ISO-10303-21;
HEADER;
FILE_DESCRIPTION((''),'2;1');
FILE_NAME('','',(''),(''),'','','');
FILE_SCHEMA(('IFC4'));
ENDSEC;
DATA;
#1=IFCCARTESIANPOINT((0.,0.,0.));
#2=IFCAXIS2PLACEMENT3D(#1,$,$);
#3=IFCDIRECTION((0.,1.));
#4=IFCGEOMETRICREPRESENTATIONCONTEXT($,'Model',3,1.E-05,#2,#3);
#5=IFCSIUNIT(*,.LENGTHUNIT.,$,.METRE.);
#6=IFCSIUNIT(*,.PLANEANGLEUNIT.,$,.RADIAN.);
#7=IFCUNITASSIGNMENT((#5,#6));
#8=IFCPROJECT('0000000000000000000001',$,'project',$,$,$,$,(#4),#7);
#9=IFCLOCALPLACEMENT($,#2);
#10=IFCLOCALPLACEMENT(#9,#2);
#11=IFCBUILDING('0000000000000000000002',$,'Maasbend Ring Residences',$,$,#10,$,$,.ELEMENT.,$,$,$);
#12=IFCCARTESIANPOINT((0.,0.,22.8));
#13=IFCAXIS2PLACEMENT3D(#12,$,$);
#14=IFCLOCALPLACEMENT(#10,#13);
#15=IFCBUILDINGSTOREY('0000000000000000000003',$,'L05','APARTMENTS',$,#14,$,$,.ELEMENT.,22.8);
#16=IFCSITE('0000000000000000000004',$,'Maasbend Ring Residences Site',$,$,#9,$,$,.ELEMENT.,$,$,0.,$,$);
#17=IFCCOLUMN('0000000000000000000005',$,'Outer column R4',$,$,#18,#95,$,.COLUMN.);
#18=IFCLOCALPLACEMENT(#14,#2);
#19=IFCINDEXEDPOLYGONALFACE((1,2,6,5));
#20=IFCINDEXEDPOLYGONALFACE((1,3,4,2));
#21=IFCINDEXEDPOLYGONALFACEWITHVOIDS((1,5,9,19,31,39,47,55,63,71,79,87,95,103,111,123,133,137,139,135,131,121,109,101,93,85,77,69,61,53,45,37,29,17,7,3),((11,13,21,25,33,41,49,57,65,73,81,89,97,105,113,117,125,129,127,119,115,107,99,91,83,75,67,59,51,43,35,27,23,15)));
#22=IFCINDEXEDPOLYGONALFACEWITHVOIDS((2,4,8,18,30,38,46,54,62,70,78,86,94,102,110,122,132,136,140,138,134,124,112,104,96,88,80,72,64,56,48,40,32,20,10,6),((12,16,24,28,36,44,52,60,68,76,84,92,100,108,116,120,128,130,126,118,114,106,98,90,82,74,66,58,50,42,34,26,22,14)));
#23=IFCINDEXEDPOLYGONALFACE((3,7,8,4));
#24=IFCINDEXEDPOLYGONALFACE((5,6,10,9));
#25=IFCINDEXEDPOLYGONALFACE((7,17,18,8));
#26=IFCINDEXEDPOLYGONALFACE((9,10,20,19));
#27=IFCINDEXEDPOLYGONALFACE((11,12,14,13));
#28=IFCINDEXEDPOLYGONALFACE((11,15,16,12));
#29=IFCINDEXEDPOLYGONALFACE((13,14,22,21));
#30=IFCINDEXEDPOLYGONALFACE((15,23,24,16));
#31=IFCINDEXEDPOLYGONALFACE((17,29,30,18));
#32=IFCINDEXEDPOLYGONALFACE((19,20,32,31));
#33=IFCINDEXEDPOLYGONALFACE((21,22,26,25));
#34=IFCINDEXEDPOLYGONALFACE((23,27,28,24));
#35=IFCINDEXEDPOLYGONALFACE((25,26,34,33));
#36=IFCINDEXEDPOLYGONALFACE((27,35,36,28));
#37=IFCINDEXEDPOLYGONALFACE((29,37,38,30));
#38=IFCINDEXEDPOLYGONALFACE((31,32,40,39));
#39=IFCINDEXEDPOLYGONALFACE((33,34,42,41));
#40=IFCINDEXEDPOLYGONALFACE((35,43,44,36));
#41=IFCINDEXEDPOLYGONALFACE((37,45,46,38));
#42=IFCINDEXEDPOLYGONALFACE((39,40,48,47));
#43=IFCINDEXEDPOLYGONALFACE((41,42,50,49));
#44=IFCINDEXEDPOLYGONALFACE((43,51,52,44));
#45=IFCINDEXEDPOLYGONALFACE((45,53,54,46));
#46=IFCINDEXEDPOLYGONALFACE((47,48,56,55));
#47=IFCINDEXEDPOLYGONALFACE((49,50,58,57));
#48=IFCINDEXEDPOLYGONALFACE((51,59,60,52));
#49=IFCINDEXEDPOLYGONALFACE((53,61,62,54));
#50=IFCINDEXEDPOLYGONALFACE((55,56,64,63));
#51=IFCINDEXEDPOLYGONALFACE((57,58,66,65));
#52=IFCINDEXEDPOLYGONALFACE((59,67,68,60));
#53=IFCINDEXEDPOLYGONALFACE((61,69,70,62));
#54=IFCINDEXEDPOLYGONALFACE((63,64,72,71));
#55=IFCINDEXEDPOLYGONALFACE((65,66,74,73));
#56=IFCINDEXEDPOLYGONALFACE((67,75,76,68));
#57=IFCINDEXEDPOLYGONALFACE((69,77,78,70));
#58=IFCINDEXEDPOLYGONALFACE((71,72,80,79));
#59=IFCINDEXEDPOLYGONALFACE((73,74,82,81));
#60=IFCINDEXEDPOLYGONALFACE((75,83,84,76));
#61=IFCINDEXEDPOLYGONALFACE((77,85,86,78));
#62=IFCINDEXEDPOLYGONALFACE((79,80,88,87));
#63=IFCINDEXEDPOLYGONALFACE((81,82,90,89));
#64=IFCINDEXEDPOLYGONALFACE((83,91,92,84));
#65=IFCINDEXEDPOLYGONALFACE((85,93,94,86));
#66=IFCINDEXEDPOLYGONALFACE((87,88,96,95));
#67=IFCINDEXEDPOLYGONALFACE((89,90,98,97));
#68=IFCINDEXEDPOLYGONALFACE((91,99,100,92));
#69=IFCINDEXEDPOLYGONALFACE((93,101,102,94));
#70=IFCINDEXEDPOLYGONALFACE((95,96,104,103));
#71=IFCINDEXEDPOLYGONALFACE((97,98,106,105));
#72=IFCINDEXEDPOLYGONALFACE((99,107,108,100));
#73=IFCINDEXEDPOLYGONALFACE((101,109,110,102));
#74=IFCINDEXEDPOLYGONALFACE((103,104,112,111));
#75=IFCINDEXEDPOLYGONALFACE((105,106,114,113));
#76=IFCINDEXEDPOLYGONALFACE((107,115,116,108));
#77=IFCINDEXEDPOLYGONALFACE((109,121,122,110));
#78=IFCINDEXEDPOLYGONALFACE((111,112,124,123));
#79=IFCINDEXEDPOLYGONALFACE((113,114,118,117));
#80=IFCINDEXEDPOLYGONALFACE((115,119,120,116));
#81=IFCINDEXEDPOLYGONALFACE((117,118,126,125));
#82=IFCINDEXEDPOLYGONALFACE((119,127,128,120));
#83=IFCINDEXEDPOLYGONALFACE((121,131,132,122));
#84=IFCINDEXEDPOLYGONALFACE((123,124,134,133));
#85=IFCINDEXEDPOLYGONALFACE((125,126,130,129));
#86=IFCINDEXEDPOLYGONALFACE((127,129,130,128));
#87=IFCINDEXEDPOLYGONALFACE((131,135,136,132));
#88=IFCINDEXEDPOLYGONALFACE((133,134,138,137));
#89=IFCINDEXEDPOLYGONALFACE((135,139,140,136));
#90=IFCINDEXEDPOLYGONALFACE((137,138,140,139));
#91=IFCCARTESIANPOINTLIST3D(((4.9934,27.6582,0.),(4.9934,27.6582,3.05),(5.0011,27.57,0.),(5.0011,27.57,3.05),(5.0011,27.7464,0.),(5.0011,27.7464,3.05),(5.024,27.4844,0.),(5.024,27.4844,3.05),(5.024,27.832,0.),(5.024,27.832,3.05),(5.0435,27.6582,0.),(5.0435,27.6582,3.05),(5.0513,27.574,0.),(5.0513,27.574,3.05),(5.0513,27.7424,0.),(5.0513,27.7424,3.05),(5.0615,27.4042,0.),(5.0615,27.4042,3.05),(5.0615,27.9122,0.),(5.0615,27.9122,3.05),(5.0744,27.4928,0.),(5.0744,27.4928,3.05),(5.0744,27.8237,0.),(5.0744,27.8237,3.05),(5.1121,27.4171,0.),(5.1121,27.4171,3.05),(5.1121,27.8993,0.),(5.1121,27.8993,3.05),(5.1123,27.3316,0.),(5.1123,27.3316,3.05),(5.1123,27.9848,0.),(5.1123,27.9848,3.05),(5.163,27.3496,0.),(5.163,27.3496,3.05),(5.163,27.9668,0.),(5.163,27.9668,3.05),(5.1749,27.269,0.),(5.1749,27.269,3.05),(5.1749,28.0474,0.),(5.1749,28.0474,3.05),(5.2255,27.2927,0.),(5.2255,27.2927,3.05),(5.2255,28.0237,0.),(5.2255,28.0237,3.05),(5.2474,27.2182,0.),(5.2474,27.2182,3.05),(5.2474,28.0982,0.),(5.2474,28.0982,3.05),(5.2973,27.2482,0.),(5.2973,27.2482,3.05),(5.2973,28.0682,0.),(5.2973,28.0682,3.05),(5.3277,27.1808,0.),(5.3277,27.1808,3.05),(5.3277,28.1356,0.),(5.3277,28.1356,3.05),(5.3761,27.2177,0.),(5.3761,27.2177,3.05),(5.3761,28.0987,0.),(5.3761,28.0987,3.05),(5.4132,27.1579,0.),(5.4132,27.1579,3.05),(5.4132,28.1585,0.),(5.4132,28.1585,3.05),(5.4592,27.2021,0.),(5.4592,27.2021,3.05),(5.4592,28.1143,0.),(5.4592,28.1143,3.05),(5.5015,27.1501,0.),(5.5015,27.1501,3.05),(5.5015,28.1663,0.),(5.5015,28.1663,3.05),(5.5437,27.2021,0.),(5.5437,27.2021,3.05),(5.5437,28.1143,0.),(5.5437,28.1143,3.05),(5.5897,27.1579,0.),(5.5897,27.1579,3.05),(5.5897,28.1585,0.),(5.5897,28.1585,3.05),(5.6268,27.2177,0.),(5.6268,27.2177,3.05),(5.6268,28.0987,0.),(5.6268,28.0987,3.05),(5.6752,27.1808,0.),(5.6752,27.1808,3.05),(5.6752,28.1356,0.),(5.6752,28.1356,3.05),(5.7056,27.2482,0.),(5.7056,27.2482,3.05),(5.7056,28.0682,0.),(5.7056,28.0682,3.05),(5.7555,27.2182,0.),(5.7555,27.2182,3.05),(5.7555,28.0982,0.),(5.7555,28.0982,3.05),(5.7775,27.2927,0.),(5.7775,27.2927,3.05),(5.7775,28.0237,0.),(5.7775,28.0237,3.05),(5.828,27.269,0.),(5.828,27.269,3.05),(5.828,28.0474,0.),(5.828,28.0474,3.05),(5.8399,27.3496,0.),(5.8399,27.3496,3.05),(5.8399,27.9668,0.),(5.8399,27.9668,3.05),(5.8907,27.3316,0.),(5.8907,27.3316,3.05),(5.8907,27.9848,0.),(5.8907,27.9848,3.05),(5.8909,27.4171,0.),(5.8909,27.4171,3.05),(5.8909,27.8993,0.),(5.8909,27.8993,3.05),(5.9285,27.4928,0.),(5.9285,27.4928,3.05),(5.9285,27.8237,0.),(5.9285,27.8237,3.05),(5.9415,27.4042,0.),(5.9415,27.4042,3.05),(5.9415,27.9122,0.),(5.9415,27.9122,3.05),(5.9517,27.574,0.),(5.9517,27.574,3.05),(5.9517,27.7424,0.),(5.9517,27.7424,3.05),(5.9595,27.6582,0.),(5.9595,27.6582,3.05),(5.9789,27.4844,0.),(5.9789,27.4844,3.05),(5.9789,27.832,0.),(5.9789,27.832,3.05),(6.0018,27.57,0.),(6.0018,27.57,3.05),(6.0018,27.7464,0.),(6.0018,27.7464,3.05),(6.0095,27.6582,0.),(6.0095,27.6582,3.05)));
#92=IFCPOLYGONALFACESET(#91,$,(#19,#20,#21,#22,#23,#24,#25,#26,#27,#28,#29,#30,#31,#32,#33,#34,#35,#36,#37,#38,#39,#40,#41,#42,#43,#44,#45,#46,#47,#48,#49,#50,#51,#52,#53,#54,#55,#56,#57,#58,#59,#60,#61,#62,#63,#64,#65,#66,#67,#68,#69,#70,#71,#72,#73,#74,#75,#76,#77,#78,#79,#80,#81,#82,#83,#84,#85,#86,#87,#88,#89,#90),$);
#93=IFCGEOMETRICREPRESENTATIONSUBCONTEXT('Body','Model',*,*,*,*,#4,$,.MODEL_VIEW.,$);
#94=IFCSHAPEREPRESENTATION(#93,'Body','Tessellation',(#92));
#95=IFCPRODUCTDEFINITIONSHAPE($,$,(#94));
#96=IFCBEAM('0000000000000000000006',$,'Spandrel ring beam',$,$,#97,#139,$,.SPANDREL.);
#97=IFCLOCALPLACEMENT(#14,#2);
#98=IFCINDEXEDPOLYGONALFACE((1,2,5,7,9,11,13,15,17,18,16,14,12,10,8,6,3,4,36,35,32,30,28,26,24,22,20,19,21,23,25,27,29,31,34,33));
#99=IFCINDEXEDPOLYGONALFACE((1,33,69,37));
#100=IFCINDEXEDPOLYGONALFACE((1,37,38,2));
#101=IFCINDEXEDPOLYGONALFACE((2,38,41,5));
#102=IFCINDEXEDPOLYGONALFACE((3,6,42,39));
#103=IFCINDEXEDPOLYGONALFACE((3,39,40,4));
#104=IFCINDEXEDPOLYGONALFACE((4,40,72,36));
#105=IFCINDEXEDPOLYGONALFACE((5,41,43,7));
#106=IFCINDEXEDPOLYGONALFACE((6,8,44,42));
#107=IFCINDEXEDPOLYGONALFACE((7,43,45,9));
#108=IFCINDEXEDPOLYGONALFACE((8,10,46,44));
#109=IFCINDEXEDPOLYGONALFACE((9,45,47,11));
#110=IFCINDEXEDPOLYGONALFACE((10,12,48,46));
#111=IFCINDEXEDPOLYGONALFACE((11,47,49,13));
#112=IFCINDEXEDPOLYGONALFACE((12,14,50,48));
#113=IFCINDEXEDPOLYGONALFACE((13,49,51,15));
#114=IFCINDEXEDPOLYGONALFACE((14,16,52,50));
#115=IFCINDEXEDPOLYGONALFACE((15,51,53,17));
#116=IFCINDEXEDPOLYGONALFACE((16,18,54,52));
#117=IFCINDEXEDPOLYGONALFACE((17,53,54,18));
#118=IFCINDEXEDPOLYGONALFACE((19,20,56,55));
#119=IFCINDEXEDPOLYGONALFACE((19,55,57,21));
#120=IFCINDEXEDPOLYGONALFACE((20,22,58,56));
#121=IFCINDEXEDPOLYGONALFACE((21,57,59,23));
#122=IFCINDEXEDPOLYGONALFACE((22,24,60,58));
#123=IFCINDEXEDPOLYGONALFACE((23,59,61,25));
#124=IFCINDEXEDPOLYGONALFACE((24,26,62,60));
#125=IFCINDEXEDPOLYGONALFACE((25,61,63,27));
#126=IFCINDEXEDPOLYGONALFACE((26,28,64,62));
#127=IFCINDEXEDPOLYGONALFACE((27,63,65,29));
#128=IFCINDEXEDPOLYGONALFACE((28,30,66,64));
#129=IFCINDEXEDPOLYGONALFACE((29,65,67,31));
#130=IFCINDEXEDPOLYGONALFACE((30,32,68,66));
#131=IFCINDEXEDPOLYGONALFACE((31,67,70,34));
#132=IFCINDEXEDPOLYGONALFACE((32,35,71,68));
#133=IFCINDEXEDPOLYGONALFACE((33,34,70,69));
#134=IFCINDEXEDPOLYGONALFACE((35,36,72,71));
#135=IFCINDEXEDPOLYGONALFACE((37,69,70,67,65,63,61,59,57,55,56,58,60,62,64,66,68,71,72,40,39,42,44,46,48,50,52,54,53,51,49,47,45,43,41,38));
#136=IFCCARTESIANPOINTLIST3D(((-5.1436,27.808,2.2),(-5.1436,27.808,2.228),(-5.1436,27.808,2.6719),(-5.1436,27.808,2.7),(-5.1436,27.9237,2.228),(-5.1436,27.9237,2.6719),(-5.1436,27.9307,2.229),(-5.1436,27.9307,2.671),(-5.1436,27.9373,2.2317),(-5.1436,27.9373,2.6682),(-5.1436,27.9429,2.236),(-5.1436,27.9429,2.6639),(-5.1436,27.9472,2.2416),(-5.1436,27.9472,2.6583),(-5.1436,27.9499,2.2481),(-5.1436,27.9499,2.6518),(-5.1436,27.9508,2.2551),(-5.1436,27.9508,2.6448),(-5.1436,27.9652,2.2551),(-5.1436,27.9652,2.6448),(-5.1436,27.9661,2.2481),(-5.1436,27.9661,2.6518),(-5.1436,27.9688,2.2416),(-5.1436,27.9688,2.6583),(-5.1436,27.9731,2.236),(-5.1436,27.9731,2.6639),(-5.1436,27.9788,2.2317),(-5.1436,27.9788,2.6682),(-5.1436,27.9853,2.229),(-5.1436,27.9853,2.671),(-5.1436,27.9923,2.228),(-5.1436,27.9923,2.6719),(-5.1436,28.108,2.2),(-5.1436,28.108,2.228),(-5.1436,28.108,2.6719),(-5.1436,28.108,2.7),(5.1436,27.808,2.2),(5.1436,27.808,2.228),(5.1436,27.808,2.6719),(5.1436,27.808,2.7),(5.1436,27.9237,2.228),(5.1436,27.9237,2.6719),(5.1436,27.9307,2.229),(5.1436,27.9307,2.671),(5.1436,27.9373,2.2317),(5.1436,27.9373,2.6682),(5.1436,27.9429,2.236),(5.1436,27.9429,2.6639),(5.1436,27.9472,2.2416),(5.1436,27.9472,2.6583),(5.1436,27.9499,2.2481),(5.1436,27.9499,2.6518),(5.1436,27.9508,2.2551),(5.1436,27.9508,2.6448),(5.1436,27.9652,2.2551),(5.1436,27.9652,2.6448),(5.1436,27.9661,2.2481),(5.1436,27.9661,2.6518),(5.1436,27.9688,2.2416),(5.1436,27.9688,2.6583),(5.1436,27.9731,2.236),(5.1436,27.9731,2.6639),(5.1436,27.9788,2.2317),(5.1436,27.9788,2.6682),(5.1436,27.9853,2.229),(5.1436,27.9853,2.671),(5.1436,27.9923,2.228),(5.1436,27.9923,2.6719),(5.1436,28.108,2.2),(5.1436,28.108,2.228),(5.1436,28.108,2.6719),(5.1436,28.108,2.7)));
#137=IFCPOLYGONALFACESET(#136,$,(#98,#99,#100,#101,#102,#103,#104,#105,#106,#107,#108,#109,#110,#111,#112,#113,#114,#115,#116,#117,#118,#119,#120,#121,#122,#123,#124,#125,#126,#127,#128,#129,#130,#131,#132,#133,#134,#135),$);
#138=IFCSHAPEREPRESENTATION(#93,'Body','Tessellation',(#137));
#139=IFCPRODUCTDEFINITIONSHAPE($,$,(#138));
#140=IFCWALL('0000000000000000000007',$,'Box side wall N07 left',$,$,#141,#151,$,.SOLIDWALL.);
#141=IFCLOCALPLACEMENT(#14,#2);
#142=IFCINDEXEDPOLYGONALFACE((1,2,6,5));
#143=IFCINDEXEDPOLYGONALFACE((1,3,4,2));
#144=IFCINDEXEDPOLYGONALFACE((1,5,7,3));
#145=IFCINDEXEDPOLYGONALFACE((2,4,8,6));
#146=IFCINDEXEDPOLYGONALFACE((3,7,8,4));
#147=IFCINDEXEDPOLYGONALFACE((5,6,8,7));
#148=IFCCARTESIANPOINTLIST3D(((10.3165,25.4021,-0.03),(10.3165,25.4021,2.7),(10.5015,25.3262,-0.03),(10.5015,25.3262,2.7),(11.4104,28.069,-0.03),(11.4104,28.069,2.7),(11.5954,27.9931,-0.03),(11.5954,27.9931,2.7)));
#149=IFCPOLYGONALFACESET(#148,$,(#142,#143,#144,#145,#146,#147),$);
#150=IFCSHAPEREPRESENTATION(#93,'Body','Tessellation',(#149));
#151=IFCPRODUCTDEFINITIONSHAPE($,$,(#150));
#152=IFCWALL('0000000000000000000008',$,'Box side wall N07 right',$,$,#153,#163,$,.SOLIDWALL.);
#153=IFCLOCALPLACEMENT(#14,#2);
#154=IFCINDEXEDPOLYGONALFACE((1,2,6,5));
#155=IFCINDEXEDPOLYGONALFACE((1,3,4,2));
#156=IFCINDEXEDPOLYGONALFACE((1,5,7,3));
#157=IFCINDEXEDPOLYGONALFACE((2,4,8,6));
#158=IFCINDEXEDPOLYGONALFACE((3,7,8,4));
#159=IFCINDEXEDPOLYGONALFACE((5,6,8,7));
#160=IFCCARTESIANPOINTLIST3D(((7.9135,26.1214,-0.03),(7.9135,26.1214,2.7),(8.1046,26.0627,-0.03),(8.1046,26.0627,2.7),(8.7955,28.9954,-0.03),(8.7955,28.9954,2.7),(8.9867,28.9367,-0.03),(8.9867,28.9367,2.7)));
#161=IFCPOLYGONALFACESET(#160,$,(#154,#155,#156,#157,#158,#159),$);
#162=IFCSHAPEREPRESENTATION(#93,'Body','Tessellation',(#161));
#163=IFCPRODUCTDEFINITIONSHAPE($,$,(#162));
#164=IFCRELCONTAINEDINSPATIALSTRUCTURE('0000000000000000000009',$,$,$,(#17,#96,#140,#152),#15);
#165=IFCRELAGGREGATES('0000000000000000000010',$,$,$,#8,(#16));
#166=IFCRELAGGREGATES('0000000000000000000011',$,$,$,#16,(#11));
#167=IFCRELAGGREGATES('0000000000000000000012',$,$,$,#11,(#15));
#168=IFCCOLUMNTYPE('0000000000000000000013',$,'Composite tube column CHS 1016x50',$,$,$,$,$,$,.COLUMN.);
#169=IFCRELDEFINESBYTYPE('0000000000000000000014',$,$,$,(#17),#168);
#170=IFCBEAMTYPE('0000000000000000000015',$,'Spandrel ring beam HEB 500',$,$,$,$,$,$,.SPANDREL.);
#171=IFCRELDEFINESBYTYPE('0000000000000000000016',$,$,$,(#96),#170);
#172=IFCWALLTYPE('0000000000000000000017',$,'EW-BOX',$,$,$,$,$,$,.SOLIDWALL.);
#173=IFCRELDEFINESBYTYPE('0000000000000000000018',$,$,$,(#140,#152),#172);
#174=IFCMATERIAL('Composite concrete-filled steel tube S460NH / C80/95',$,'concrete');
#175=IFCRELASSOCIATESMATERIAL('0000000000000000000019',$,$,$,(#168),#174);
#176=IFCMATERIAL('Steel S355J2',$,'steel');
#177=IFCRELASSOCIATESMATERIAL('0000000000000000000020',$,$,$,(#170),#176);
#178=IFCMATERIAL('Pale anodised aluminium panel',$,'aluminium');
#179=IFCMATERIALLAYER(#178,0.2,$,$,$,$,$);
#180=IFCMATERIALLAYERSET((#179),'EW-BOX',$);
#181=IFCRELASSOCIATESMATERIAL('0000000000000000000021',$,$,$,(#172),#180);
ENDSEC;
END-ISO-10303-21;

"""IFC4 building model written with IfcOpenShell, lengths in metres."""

from ifc_helpers import new_model, si_unit, direction, frame, frame_2d, origin, origin_2d, place, context, subcontext, project, spatial, rectangle, hollow_circle, i_section, extrude, material, layer, layer_set, material_profile, profile_set, type_object, element, save


model = new_model("IFC4")

# Units and contexts
model_context = context("Model", 3, precision=1e-05, world=origin(), true_north=direction((0.0, 1.0)))
body_context = subcontext(model_context, "Body", "Model", "MODEL_VIEW")
ifc_project = project(units=[si_unit("LENGTHUNIT", "METRE"), si_unit("PLANEANGLEUNIT", "RADIAN")], contexts=[model_context])

# Site, building, storey
site_placement = place(None, origin())
site = spatial("IfcSite", under=ifc_project, at=site_placement, Name="Maasbend Ring Residences Site", CompositionType="ELEMENT", RefElevation=0.0)
building_placement = place(site_placement, origin())
building = spatial("IfcBuilding", under=site, at=building_placement, Name="Maasbend Ring Residences", CompositionType="ELEMENT")
storey_placement = place(building_placement, frame((0.0, 0.0, 22.8)))
storey = spatial("IfcBuildingStorey", under=building, at=storey_placement, Name="L05", Description="APARTMENTS", CompositionType="ELEMENT", Elevation=22.8)

# Column
ifc_material_1 = material(Name="Composite concrete-filled steel tube S460NH / C80/95", Category="concrete")
ifc_material_profile_1 = material_profile(ifc_material_1, hollow_circle(Radius=0.5081, WallThickness=0.05, at=origin_2d()), Name="Composite tube column CHS 1016x50")
ifc_profile_set_1 = profile_set([ifc_material_profile_1], Name="Composite concrete-filled steel tube S460NH / C80/95")
column_type = type_object("IfcColumnType", Name="Composite tube column CHS 1016x50", PredefinedType="COLUMN", material=ifc_profile_set_1)
column_placement = place(storey_placement, frame((5.5015, 27.6582, 0.0), z_axis=(0.0, 0.0, 1.0), x_axis=(1.0, 0.0, 0.0)))
element("IfcColumn", 1, at=column_placement, inside=storey, type_object=column_type, Name="Outer column R4", PredefinedType="COLUMN", context=body_context, shape_type="SweptSolid", body=[
    extrude(hollow_circle(Radius=0.5081, WallThickness=0.05, at=origin_2d()), origin(), (0.0, 0.0, 1.0), 3.05),
])

# Beam
ifc_material_2 = material(Name="Steel S355J2", Category="steel")
ifc_material_profile_2 = material_profile(ifc_material_2, i_section(OverallWidth=0.3, OverallDepth=0.5, WebThickness=0.0144, FlangeThickness=0.0281, FilletRadius=0.0271, at=origin_2d()), Name="HEB 500")
ifc_profile_set_2 = profile_set([ifc_material_profile_2], Name="Steel S355J2")
beam_type = type_object("IfcBeamType", Name="Spandrel ring beam HEB 500", PredefinedType="SPANDREL", material=ifc_profile_set_2)
beam_placement = place(storey_placement, frame((5.1436, 27.958, 2.45), z_axis=(-1.0, 0.0, 0.0), x_axis=(0.0, -1.0, 0.0)))
element("IfcBeam", 2, at=beam_placement, inside=storey, type_object=beam_type, Name="Spandrel ring beam", PredefinedType="SPANDREL", context=body_context, shape_type="SweptSolid", body=[
    extrude(i_section(OverallWidth=0.3, OverallDepth=0.5, WebThickness=0.0144, FlangeThickness=0.0281, FilletRadius=0.0271, at=origin_2d()), origin(), (0.0, 0.0, 1.0), 10.2871),
])

# Walls
ifc_material_3 = material(Name="Pale anodised aluminium panel", Category="aluminium")
ifc_layer_1 = layer(ifc_material_3, 0.2)
ifc_layer_set_1 = layer_set([ifc_layer_1], Name="EW-BOX")
wall_type_1 = type_object("IfcWallType", Name="EW-BOX", PredefinedType="SOLIDWALL", material=ifc_layer_set_1)
wall_1_placement = place(storey_placement, frame((10.4089, 25.364, -0.03), z_axis=(0.0, 0.0, 1.0), x_axis=(0.37951, 0.925188, 0.0)))
element("IfcWall", 3, at=wall_1_placement, inside=storey, type_object=wall_type_1, Name="Box side wall N07 left", PredefinedType="SOLIDWALL", context=body_context, shape_type="SweptSolid", body=[
    extrude(rectangle(XDim=2.8826, YDim=0.2, at=frame_2d((1.4414, 0.0))), origin(), (0.0, 0.0, 1.0), 2.73),
])
wall_2_placement = place(storey_placement, frame((8.009, 26.092, -0.03), z_axis=(0.0, 0.0, 1.0), x_axis=(0.293407, 0.955988, 0.0)))
element("IfcWall", 4, at=wall_2_placement, inside=storey, type_object=wall_type_1, Name="Box side wall N07 right", PredefinedType="SOLIDWALL", context=body_context, shape_type="SweptSolid", body=[
    extrude(rectangle(XDim=3.0063, YDim=0.2, at=frame_2d((1.5032, 0.0))), origin(), (0.0, 0.0, 1.0), 2.73),
])

save(model, "model.ifc")
